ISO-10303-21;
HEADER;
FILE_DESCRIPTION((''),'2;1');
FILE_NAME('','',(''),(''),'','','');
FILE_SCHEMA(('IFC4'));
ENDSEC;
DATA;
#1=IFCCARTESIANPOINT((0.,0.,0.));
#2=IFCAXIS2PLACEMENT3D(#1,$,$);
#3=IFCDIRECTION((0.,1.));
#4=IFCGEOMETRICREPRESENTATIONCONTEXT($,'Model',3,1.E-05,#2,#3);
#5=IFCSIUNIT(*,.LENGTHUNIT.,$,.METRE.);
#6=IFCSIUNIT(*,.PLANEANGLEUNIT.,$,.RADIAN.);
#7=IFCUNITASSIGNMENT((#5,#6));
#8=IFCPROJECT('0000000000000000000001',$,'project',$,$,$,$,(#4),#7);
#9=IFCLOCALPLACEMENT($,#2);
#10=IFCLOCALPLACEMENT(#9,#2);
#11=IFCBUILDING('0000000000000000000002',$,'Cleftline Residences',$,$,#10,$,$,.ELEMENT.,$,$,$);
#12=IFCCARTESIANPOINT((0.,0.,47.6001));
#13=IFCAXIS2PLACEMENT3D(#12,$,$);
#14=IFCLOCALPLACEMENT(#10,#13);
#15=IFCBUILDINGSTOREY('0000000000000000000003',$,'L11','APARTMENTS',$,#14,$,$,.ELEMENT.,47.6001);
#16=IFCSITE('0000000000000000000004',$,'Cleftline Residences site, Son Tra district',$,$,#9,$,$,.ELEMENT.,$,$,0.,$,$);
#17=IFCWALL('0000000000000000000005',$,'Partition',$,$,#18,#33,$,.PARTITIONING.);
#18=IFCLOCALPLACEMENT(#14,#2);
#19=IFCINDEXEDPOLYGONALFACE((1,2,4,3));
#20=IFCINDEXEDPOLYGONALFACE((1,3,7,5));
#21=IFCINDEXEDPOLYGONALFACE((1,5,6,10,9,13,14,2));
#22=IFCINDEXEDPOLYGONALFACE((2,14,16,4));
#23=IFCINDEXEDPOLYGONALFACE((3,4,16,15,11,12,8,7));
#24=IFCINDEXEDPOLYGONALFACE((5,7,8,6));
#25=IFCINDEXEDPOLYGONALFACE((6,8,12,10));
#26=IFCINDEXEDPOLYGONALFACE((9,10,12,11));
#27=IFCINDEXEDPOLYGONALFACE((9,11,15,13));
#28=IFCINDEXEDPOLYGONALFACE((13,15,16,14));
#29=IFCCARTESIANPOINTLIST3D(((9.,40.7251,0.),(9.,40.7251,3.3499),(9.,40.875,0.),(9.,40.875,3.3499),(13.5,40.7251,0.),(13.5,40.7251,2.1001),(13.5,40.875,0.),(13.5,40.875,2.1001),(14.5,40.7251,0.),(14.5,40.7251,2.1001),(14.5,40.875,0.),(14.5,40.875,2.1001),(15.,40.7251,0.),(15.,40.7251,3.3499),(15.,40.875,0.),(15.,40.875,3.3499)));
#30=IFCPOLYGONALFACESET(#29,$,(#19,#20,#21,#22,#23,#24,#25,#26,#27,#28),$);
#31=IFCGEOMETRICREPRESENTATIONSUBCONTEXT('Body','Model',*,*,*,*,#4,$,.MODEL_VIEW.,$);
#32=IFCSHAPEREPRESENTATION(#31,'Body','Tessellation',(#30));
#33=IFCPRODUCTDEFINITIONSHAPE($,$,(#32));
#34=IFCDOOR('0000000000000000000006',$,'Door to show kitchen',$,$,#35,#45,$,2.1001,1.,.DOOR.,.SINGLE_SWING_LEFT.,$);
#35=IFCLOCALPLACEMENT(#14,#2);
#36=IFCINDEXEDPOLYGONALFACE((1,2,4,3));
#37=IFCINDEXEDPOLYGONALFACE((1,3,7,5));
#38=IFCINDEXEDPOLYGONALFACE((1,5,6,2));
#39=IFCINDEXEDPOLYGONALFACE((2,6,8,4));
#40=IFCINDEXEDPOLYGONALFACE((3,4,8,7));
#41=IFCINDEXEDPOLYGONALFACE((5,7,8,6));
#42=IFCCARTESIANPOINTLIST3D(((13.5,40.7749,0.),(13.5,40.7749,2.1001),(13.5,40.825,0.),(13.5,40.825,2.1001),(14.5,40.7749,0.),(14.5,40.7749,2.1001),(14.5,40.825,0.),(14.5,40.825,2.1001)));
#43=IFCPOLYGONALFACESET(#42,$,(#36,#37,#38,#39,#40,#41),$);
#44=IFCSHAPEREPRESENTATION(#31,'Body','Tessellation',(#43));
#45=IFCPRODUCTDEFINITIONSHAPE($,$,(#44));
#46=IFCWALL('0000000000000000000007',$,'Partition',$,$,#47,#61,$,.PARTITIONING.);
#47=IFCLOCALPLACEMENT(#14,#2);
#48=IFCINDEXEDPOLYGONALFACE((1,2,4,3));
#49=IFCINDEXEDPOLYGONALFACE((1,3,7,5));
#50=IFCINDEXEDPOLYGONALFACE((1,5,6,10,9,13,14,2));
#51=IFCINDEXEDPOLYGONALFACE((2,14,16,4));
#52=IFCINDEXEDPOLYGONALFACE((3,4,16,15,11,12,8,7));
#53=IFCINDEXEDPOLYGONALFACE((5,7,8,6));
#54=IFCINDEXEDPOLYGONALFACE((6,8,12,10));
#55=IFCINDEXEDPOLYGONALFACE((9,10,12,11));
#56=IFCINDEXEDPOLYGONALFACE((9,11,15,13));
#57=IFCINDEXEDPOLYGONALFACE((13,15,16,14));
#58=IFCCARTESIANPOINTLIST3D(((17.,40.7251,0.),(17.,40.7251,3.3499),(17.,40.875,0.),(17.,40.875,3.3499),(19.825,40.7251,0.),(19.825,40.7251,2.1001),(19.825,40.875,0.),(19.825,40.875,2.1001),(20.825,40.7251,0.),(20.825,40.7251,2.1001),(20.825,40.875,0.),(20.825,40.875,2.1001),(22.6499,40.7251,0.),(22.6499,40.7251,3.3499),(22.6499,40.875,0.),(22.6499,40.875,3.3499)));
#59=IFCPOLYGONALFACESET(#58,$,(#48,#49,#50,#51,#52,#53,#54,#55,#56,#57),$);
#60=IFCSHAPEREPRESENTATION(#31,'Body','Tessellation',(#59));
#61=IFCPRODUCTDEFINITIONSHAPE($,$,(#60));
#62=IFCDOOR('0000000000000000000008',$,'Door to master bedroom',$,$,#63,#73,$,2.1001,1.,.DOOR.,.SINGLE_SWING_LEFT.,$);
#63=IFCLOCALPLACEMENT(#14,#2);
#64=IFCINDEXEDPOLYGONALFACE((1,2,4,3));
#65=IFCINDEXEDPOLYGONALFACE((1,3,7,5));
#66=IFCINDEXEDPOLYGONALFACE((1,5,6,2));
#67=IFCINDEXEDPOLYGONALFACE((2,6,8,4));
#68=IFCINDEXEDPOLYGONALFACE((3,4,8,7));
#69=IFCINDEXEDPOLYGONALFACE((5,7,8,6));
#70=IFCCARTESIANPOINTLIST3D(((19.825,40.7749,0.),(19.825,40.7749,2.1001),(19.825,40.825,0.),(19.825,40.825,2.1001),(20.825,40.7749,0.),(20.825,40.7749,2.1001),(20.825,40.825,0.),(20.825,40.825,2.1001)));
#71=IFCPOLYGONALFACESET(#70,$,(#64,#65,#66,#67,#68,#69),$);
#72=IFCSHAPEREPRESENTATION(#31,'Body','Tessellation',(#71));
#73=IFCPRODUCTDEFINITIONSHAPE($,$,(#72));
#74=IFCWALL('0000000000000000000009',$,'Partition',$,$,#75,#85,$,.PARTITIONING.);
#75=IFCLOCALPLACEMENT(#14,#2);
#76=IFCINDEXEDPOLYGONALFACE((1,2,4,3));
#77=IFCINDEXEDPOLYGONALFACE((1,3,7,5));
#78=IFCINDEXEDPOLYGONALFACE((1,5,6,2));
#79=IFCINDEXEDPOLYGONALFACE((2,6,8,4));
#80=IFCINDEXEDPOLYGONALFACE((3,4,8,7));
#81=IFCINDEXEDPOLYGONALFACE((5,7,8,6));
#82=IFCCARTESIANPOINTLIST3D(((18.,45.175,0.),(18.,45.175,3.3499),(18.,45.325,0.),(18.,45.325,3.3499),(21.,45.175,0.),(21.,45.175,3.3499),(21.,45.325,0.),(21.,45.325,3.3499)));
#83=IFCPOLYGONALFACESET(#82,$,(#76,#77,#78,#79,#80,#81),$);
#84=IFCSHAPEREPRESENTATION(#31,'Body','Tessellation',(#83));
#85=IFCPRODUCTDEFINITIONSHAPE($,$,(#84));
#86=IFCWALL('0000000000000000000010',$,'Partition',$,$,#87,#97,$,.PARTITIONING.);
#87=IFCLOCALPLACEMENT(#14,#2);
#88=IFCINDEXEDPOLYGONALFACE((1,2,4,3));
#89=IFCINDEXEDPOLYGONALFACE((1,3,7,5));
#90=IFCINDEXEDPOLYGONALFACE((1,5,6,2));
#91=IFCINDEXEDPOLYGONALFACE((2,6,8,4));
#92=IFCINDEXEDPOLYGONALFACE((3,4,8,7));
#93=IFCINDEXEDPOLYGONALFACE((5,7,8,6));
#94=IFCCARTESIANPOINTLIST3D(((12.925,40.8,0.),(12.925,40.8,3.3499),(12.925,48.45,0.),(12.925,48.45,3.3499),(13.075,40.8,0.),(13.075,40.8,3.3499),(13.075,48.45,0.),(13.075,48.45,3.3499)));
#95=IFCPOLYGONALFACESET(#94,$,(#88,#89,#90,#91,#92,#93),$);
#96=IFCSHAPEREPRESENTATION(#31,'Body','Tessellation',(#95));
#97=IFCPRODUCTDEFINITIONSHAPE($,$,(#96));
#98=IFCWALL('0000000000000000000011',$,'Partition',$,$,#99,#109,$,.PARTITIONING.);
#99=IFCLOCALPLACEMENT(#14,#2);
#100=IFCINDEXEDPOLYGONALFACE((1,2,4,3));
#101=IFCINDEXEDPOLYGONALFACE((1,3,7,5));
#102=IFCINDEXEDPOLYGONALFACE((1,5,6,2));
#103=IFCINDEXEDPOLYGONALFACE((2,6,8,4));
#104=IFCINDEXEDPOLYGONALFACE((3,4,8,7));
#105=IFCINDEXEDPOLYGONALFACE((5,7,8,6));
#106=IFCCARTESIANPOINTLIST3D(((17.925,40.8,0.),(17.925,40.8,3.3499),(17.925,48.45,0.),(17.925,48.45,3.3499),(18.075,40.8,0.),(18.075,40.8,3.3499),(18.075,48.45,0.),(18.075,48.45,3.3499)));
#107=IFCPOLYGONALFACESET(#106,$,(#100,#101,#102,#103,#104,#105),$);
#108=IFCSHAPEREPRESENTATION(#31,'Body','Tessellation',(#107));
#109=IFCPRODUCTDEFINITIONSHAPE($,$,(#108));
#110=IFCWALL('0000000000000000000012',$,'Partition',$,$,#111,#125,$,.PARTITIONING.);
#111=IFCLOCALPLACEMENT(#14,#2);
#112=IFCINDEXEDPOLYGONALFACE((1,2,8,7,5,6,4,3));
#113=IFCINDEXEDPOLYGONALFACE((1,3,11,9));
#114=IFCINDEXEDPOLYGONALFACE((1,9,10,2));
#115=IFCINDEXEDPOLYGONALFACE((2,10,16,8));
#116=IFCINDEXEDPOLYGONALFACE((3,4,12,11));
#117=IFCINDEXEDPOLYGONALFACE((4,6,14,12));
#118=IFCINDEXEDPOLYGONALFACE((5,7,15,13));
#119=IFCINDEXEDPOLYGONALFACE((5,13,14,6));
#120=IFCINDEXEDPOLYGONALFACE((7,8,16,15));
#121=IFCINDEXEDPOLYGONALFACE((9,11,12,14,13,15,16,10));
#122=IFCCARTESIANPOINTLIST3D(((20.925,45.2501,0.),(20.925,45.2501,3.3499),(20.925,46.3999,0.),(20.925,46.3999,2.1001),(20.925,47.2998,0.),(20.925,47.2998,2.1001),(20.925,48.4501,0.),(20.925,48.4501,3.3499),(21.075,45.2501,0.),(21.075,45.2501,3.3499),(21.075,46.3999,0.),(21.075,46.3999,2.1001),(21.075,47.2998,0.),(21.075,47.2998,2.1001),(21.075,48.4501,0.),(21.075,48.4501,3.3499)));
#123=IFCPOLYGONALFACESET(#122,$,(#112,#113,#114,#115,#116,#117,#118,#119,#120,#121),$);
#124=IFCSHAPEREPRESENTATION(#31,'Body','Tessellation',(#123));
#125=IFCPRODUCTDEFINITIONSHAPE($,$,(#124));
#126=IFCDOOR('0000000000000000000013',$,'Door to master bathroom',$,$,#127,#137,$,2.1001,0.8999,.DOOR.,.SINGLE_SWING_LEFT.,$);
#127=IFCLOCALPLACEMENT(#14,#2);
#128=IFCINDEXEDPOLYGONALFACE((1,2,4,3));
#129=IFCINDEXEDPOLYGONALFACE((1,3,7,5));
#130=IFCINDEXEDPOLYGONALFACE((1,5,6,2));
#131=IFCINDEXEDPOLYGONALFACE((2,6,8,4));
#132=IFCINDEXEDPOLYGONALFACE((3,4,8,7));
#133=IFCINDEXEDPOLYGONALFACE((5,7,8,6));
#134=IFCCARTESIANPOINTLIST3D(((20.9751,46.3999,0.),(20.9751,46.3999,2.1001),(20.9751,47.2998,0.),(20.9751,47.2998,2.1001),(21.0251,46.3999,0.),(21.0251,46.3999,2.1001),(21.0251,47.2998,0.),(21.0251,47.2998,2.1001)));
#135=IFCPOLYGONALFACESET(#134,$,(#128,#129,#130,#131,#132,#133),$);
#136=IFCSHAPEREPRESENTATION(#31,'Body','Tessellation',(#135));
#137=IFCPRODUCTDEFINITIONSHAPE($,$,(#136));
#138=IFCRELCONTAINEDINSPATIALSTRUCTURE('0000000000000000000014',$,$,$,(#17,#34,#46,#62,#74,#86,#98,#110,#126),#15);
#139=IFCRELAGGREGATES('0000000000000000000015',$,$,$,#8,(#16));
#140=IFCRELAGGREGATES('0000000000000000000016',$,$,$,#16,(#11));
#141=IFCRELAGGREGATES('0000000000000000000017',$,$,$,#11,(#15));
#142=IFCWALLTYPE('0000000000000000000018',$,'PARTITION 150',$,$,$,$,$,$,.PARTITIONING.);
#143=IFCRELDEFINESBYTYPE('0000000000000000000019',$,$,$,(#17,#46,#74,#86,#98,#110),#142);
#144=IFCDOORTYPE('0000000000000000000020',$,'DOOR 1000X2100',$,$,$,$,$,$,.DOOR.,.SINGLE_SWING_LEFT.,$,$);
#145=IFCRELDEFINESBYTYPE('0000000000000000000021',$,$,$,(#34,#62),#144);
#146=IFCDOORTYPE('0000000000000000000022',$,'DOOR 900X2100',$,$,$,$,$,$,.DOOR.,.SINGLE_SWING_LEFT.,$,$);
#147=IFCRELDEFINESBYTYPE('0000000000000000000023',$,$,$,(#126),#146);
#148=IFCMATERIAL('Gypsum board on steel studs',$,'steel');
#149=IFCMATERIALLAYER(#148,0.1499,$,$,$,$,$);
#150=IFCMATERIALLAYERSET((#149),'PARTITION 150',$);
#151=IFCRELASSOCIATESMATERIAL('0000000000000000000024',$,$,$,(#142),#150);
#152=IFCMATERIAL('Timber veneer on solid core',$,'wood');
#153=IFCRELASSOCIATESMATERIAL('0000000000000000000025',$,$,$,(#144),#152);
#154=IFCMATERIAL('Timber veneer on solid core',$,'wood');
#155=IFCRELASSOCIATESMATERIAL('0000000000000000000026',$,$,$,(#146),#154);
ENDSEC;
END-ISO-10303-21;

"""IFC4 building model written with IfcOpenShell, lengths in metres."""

from ifc_helpers import new_model, si_unit, direction, frame, frame_2d, origin, place, context, subcontext, project, spatial, rectangle, extrude, material, layer, layer_set, type_object, element, fill, save


model = new_model("IFC4")

# Units and contexts
model_context = context("Model", 3, precision=1e-05, world=origin(), true_north=direction((0.0, 1.0)))
body_context = subcontext(model_context, "Body", "Model", "MODEL_VIEW")
ifc_project = project(units=[si_unit("LENGTHUNIT", "METRE"), si_unit("PLANEANGLEUNIT", "RADIAN")], contexts=[model_context])

# Site, building, storey
site_placement = place(None, origin())
site = spatial("IfcSite", under=ifc_project, at=site_placement, Name="Cleftline Residences site, Son Tra district", CompositionType="ELEMENT", RefElevation=0.0)
building_placement = place(site_placement, origin())
building = spatial("IfcBuilding", under=site, at=building_placement, Name="Cleftline Residences", CompositionType="ELEMENT")
storey_placement = place(building_placement, frame((0.0, 0.0, 47.6001)))
storey = spatial("IfcBuildingStorey", under=building, at=storey_placement, Name="L11", Description="APARTMENTS", CompositionType="ELEMENT", Elevation=47.6001)

# Walls, openings, doors
ifc_material_1 = material(Name="Gypsum board on steel studs", Category="steel")
ifc_layer = layer(ifc_material_1, 0.1499)
ifc_layer_set = layer_set([ifc_layer], Name="PARTITION 150")
wall_type = type_object("IfcWallType", Name="PARTITION 150", PredefinedType="PARTITIONING", material=ifc_layer_set)
wall_1_placement = place(storey_placement, frame((9.0, 40.8, 0.0), z_axis=(0.0, 0.0, 1.0), x_axis=(1.0, 0.0, 0.0)))
wall_1 = element("IfcWall", 1, at=wall_1_placement, inside=storey, type_object=wall_type, Name="Partition", PredefinedType="PARTITIONING", context=body_context, shape_type="SweptSolid", body=[
    extrude(rectangle(XDim=6.0, YDim=0.1499, at=frame_2d((3.0, 0.0))), origin(), (0.0, 0.0, 1.0), 3.3499),
])
opening_1_placement = place(wall_1_placement, frame((4.5, 0.0, 0.0)))
opening_1 = element("IfcOpeningElement", 2, at=opening_1_placement, cuts=wall_1, PredefinedType="OPENING", context=body_context, shape_type="SweptSolid", body=[
    extrude(rectangle(XDim=1.0, YDim=2.1001, at=frame_2d((0.5, 1.05))), frame((0.0, 0.085, 0.0), z_axis=(0.0, -1.0, 0.0), x_axis=(1.0, 0.0, 0.0)), (0.0, 0.0, 1.0), 0.1699),
])
ifc_material_2 = material(Name="Timber veneer on solid core", Category="wood")
door_type_1 = type_object("IfcDoorType", Name="DOOR 1000X2100", OperationType="SINGLE_SWING_LEFT", PredefinedType="DOOR", material=ifc_material_2)
door_1_placement = place(opening_1_placement, origin())
door_1 = element("IfcDoor", 3, at=door_1_placement, inside=storey, type_object=door_type_1, Name="Door to show kitchen", OperationType="SINGLE_SWING_LEFT", OverallHeight=2.1001, OverallWidth=1.0, PredefinedType="DOOR", context=body_context, shape_type="SweptSolid", body=[
    extrude(rectangle(XDim=1.0, YDim=2.1001, at=frame_2d((0.5, 1.05))), frame((0.0, 0.0249, 0.0), z_axis=(0.0, -1.0, 0.0), x_axis=(1.0, 0.0, 0.0)), (0.0, 0.0, 1.0), 0.05),
])
fill(opening_1, door_1)
wall_2_placement = place(storey_placement, frame((17.0, 40.8, 0.0), z_axis=(0.0, 0.0, 1.0), x_axis=(1.0, 0.0, 0.0)))
wall_2 = element("IfcWall", 4, at=wall_2_placement, inside=storey, type_object=wall_type, Name="Partition", PredefinedType="PARTITIONING", context=body_context, shape_type="SweptSolid", body=[
    extrude(rectangle(XDim=5.6499, YDim=0.1499, at=frame_2d((2.825, 0.0))), origin(), (0.0, 0.0, 1.0), 3.3499),
])
opening_2_placement = place(wall_2_placement, frame((2.825, 0.0, 0.0)))
opening_2 = element("IfcOpeningElement", 5, at=opening_2_placement, cuts=wall_2, PredefinedType="OPENING", context=body_context, shape_type="SweptSolid", body=[
    extrude(rectangle(XDim=1.0, YDim=2.1001, at=frame_2d((0.5, 1.05))), frame((0.0, 0.085, 0.0), z_axis=(0.0, -1.0, 0.0), x_axis=(1.0, 0.0, 0.0)), (0.0, 0.0, 1.0), 0.1699),
])
door_2_placement = place(opening_2_placement, origin())
door_2 = element("IfcDoor", 6, at=door_2_placement, inside=storey, type_object=door_type_1, Name="Door to master bedroom", OperationType="SINGLE_SWING_LEFT", OverallHeight=2.1001, OverallWidth=1.0, PredefinedType="DOOR", context=body_context, shape_type="SweptSolid", body=[
    extrude(rectangle(XDim=1.0, YDim=2.1001, at=frame_2d((0.5, 1.05))), frame((0.0, 0.0249, 0.0), z_axis=(0.0, -1.0, 0.0), x_axis=(1.0, 0.0, 0.0)), (0.0, 0.0, 1.0), 0.05),
])
fill(opening_2, door_2)

# Walls
wall_3_placement = place(storey_placement, frame((18.0, 45.25, 0.0), z_axis=(0.0, 0.0, 1.0), x_axis=(1.0, 0.0, 0.0)))
element("IfcWall", 7, at=wall_3_placement, inside=storey, type_object=wall_type, Name="Partition", PredefinedType="PARTITIONING", context=body_context, shape_type="SweptSolid", body=[
    extrude(rectangle(XDim=3.0, YDim=0.1499, at=frame_2d((1.5, 0.0))), origin(), (0.0, 0.0, 1.0), 3.3499),
])
for number, where, z_axis, x_axis, name in (
    (8, (13.0, 40.8, 0.0), (0.0, 0.0, 1.0), (0.0, 1.0, 0.0), "Partition"),
    (9, (18.0, 40.8, 0.0), (0.0, 0.0, 1.0), (0.0, 1.0, 0.0), "Partition"),
):
    element("IfcWall", number, at=place(storey_placement, frame(where, z_axis=z_axis, x_axis=x_axis)), inside=storey, type_object=wall_type, Name=name, PredefinedType="PARTITIONING", context=body_context, shape_type="SweptSolid", body=[
        extrude(rectangle(XDim=7.6499, YDim=0.1499, at=frame_2d((3.825, 0.0))), origin(), (0.0, 0.0, 1.0), 3.3499),
    ])

# Wall, opening, door
wall_4_placement = place(storey_placement, frame((21.0, 45.25, 0.0), z_axis=(0.0, 0.0, 1.0), x_axis=(0.0, 1.0, 0.0)))
wall_4 = element("IfcWall", 10, at=wall_4_placement, inside=storey, type_object=wall_type, Name="Partition", PredefinedType="PARTITIONING", context=body_context, shape_type="SweptSolid", body=[
    extrude(rectangle(XDim=3.2, YDim=0.1499, at=frame_2d((1.6001, 0.0))), origin(), (0.0, 0.0, 1.0), 3.3499),
])
opening_3_placement = place(wall_4_placement, frame((1.1499, 0.0, 0.0)))
opening_3 = element("IfcOpeningElement", 11, at=opening_3_placement, cuts=wall_4, PredefinedType="OPENING", context=body_context, shape_type="SweptSolid", body=[
    extrude(rectangle(XDim=0.8999, YDim=2.1001, at=frame_2d((0.45, 1.05))), frame((0.0, 0.085, 0.0), z_axis=(0.0, -1.0, 0.0), x_axis=(1.0, 0.0, 0.0)), (0.0, 0.0, 1.0), 0.1699),
])
ifc_material_3 = material(Name="Timber veneer on solid core", Category="wood")
door_type_2 = type_object("IfcDoorType", Name="DOOR 900X2100", OperationType="SINGLE_SWING_LEFT", PredefinedType="DOOR", material=ifc_material_3)
door_3_placement = place(opening_3_placement, origin())
door_3 = element("IfcDoor", 12, at=door_3_placement, inside=storey, type_object=door_type_2, Name="Door to master bathroom", OperationType="SINGLE_SWING_LEFT", OverallHeight=2.1001, OverallWidth=0.8999, PredefinedType="DOOR", context=body_context, shape_type="SweptSolid", body=[
    extrude(rectangle(XDim=0.8999, YDim=2.1001, at=frame_2d((0.45, 1.05))), frame((0.0, 0.0249, 0.0), z_axis=(0.0, -1.0, 0.0), x_axis=(1.0, 0.0, 0.0)), (0.0, 0.0, 1.0), 0.05),
])
fill(opening_3, door_3)

save(model, "model.ifc")
